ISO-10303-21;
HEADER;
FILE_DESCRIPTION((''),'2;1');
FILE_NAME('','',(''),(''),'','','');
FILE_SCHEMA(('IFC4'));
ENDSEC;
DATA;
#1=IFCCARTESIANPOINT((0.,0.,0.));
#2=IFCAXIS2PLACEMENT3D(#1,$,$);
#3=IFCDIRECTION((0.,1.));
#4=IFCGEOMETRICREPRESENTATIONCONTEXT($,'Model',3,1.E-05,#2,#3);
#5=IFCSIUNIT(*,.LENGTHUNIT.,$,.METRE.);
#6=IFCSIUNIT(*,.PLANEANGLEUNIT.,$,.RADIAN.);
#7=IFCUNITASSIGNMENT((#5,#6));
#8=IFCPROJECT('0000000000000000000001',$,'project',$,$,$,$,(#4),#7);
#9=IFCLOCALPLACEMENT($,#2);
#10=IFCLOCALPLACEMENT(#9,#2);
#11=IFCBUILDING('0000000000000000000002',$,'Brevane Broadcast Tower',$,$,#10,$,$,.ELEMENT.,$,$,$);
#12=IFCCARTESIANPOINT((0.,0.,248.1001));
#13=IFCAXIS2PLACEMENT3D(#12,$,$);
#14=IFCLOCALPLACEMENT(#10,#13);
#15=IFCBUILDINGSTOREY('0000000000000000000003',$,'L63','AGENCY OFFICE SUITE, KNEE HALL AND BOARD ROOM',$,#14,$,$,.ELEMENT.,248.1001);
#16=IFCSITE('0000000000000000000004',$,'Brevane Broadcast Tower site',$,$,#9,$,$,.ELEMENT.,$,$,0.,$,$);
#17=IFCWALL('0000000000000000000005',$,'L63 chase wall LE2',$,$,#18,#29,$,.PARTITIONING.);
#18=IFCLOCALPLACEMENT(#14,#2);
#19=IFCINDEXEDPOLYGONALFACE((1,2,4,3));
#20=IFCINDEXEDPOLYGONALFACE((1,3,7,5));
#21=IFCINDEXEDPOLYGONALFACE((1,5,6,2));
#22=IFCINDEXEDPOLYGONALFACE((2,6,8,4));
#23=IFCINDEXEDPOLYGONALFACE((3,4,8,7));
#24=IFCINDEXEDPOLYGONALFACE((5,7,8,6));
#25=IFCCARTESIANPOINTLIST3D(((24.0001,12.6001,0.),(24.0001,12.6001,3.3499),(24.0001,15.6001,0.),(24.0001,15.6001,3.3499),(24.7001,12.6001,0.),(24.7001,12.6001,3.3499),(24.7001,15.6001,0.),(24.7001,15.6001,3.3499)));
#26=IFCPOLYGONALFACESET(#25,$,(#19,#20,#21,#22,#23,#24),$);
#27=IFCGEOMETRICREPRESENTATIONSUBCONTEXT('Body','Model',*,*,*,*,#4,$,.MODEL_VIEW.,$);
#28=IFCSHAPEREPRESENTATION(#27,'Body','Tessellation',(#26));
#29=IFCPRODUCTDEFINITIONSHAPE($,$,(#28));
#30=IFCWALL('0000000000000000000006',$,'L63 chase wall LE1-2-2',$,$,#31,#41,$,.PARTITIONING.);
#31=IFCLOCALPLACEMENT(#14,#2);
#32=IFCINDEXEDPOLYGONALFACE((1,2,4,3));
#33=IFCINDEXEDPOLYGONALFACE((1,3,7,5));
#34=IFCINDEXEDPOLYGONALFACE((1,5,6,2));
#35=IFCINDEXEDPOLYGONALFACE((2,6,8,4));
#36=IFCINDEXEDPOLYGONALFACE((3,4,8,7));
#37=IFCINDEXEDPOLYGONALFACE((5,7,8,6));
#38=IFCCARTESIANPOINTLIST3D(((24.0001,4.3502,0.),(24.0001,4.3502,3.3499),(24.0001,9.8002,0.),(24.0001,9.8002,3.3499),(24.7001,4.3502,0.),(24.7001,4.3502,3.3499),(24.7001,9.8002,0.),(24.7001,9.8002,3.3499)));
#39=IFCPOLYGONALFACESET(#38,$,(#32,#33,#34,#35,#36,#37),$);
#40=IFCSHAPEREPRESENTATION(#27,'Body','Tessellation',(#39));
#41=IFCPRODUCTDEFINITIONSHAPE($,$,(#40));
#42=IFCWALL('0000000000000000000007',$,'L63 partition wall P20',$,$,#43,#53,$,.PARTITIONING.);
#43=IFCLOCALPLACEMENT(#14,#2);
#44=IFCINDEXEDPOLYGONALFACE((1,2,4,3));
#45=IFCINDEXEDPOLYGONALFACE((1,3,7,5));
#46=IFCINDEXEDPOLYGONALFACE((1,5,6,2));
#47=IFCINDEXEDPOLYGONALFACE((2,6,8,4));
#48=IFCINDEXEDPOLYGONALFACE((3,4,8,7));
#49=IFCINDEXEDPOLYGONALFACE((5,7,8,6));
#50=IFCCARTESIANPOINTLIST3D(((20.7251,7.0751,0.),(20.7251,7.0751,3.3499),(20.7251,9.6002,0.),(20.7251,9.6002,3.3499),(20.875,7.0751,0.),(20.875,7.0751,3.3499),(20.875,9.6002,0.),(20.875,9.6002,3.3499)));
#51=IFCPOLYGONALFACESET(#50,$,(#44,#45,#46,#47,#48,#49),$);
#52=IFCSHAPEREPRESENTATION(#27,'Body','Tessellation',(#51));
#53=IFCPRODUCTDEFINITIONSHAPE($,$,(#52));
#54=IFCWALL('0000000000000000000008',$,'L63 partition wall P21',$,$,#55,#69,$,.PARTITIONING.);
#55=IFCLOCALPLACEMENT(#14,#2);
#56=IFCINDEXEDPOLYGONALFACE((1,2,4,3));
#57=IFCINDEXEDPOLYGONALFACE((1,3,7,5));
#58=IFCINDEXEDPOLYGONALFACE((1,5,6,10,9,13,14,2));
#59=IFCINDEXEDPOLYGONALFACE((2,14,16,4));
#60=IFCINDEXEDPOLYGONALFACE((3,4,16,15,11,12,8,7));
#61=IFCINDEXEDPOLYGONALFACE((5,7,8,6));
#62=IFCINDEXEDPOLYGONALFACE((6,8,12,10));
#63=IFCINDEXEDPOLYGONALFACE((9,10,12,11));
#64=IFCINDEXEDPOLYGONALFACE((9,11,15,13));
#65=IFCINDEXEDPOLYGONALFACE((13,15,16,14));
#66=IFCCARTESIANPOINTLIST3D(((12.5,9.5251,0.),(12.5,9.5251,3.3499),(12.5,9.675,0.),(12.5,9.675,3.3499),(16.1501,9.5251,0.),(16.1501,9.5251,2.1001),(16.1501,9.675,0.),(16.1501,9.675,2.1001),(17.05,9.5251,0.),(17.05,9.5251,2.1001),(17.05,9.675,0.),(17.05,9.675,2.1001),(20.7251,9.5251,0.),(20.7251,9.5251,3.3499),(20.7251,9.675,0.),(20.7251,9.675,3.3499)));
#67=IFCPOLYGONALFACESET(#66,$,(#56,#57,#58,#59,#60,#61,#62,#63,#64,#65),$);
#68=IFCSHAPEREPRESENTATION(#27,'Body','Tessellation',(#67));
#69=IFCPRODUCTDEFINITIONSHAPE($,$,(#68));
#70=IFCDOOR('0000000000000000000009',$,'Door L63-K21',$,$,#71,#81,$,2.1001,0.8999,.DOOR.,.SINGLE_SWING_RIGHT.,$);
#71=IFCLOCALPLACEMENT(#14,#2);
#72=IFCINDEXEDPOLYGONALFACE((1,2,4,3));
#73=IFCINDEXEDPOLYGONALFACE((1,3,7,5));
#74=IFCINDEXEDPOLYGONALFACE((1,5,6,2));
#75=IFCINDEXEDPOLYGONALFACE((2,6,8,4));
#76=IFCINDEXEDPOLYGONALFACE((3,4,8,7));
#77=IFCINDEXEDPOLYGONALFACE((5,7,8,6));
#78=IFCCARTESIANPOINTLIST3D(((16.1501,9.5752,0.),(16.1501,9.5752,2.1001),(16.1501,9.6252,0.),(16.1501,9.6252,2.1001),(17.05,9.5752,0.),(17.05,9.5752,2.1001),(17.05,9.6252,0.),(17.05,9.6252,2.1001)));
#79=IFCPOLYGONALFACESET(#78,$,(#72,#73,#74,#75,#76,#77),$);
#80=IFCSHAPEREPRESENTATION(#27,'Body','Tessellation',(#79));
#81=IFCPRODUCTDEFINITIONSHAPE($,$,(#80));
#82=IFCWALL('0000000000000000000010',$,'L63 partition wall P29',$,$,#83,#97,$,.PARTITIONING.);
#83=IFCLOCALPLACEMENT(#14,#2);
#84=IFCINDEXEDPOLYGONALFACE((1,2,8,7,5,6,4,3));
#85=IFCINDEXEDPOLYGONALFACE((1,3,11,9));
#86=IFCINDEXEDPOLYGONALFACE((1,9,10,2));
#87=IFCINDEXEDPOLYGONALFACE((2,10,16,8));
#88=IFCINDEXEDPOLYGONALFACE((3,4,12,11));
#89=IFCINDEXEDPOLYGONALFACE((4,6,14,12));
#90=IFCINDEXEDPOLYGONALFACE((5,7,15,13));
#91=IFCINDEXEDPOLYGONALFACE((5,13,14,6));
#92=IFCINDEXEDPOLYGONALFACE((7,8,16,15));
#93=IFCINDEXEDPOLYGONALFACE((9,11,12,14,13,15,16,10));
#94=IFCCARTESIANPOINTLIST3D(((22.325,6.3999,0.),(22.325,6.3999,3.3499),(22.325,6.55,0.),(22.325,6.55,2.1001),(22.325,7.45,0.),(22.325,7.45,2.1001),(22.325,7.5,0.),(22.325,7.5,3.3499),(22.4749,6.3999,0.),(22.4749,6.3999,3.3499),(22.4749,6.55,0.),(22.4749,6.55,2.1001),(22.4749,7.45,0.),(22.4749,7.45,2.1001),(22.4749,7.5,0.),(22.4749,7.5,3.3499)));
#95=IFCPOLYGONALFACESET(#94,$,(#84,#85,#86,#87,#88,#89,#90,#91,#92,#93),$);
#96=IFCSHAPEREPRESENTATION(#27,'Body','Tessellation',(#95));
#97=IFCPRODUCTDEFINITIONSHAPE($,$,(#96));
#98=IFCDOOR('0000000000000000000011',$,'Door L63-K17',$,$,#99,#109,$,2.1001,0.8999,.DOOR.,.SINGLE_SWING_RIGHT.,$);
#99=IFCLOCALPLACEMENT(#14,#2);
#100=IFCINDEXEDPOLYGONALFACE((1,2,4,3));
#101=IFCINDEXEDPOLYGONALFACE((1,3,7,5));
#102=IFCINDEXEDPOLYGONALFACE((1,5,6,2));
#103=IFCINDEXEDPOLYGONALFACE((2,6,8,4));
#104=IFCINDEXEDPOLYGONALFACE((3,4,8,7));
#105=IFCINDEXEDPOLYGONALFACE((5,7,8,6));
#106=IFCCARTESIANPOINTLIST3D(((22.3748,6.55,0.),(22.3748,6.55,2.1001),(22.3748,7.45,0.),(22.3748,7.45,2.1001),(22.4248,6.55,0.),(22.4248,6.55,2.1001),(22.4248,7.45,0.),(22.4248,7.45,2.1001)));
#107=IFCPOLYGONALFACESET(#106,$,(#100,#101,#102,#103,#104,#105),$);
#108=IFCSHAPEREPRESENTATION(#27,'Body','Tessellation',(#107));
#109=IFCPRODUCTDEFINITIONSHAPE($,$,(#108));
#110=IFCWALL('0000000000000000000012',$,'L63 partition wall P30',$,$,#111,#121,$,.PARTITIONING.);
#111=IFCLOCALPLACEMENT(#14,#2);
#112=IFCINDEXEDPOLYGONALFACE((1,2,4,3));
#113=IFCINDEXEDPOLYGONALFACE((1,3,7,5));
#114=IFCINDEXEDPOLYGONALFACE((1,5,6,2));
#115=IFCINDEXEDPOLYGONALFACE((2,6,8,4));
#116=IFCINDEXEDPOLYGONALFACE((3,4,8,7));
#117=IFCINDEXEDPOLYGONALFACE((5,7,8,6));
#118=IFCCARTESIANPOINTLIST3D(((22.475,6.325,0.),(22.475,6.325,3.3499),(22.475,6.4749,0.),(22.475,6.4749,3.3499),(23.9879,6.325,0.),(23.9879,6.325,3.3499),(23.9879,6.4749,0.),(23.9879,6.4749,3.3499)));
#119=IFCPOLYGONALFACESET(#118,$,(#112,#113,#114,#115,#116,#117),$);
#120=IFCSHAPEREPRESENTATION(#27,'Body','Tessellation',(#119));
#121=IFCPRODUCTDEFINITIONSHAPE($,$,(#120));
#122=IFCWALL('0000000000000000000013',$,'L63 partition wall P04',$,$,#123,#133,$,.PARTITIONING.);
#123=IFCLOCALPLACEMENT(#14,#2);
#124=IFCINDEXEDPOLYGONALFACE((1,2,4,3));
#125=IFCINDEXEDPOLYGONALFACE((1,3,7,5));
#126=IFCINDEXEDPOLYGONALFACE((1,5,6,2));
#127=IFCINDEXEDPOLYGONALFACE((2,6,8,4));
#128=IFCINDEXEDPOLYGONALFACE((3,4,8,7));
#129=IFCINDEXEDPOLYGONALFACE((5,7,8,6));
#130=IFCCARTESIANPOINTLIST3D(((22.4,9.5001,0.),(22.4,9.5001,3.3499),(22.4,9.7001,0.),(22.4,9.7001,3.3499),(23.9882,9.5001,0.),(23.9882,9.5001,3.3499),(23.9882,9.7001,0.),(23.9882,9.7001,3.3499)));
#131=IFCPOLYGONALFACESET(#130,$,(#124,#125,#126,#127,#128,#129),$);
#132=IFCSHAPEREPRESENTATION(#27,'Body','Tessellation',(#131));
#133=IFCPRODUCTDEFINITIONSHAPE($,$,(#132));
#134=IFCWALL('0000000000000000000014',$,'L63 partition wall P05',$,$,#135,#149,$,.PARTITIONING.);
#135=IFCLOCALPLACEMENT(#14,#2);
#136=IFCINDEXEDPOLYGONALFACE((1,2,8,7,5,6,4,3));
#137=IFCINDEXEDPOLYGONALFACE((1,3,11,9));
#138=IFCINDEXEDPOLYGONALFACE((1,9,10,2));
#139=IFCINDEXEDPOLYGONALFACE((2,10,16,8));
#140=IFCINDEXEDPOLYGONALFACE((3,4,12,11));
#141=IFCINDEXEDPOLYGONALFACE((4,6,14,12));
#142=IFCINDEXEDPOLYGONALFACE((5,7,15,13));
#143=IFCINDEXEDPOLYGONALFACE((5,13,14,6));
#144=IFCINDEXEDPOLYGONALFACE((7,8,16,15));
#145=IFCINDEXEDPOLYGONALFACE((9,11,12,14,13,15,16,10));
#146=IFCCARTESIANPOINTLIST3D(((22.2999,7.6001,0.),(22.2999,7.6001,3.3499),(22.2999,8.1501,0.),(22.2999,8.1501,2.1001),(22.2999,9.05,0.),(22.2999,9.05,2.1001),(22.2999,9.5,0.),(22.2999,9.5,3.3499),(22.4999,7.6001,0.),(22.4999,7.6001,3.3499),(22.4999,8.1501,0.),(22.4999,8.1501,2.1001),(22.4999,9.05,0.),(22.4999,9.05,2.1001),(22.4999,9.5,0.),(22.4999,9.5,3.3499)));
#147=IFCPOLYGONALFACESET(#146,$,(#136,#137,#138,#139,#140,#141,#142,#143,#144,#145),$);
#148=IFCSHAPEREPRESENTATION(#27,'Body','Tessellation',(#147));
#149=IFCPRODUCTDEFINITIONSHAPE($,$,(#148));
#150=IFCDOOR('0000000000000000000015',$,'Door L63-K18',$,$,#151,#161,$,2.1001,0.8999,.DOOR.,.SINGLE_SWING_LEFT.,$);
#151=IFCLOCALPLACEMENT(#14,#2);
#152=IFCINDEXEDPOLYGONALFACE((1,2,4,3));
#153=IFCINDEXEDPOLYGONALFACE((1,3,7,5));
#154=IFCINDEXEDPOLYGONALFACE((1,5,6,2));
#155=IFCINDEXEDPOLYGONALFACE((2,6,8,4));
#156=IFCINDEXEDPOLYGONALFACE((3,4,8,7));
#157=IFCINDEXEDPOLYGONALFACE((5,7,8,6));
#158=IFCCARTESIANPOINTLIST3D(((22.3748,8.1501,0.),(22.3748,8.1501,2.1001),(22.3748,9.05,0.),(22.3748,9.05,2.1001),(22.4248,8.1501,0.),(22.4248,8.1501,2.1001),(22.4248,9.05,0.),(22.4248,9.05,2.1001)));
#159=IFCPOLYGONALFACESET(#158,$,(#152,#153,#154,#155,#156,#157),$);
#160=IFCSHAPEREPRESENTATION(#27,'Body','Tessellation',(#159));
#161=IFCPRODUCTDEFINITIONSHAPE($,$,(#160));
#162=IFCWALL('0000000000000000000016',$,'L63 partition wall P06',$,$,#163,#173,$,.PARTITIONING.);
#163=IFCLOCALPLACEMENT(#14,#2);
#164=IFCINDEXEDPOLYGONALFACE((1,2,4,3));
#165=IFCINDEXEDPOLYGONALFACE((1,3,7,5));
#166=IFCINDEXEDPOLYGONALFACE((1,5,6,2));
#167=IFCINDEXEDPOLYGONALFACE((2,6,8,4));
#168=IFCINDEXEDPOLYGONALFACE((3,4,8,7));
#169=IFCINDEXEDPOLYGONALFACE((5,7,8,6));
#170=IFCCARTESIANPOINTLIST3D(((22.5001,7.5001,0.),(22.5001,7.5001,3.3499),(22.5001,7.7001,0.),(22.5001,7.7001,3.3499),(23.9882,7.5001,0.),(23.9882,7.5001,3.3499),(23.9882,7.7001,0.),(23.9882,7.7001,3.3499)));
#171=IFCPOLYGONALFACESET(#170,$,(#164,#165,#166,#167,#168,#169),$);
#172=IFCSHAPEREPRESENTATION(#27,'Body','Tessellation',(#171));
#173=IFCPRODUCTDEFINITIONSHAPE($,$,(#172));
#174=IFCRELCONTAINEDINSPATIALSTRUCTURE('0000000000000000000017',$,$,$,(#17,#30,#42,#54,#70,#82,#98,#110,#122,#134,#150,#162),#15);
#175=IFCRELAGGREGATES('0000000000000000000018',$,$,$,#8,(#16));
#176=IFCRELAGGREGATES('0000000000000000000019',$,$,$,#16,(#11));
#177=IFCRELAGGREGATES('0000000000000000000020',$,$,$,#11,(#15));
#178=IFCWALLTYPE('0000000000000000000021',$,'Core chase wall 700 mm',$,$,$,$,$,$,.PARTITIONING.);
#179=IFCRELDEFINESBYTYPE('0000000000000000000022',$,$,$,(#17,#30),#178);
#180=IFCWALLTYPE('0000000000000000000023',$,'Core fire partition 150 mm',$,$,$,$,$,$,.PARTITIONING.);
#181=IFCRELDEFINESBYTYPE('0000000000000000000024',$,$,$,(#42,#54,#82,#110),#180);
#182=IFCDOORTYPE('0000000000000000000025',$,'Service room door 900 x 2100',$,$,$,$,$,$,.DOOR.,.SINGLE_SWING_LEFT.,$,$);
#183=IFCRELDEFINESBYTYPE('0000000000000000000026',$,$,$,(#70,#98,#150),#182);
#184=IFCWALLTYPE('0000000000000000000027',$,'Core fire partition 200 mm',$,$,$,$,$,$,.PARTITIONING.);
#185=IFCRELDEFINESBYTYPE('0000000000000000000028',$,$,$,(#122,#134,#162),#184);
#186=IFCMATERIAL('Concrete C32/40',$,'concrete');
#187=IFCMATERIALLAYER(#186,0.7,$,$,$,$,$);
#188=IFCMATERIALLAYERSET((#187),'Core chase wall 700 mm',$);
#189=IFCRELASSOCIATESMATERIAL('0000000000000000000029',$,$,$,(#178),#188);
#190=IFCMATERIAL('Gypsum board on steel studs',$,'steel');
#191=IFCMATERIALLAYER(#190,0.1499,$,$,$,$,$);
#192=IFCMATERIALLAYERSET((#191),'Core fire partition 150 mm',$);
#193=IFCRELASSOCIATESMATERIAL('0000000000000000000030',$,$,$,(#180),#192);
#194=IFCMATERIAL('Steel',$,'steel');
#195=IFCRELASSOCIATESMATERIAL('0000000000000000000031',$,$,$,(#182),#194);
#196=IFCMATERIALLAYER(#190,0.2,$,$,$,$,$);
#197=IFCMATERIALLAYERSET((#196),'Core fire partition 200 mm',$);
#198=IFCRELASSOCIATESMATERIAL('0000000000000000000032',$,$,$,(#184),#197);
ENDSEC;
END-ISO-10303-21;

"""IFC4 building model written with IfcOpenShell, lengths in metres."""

from ifc_helpers import new_model, si_unit, direction, frame, frame_2d, origin, place, context, subcontext, project, spatial, rectangle, extrude, material, layer, layer_set, type_object, element, fill, save


model = new_model("IFC4")

# Units and contexts
model_context = context("Model", 3, precision=1e-05, world=origin(), true_north=direction((0.0, 1.0)))
body_context = subcontext(model_context, "Body", "Model", "MODEL_VIEW")
ifc_project = project(units=[si_unit("LENGTHUNIT", "METRE"), si_unit("PLANEANGLEUNIT", "RADIAN")], contexts=[model_context])

# Site, building, storey
site_placement = place(None, origin())
site = spatial("IfcSite", under=ifc_project, at=site_placement, Name="Brevane Broadcast Tower site", CompositionType="ELEMENT", RefElevation=0.0)
building_placement = place(site_placement, origin())
building = spatial("IfcBuilding", under=site, at=building_placement, Name="Brevane Broadcast Tower", CompositionType="ELEMENT")
storey_placement = place(building_placement, frame((0.0, 0.0, 248.1001)))
storey = spatial("IfcBuildingStorey", under=building, at=storey_placement, Name="L63", Description="AGENCY OFFICE SUITE, KNEE HALL AND BOARD ROOM", CompositionType="ELEMENT", Elevation=248.1001)

# Walls
ifc_material_1 = material(Name="Concrete C32/40", Category="concrete")
ifc_layer_1 = layer(ifc_material_1, 0.7)
ifc_layer_set_1 = layer_set([ifc_layer_1], Name="Core chase wall 700 mm")
wall_type_1 = type_object("IfcWallType", Name="Core chase wall 700 mm", PredefinedType="PARTITIONING", material=ifc_layer_set_1)
wall_1_placement = place(storey_placement, frame((24.3501, 12.6001, 0.0), z_axis=(0.0, 0.0, 1.0), x_axis=(0.0, 1.0, 0.0)))
element("IfcWall", 1, at=wall_1_placement, inside=storey, type_object=wall_type_1, Name="L63 chase wall LE2", PredefinedType="PARTITIONING", context=body_context, shape_type="SweptSolid", body=[
    extrude(rectangle(XDim=3.0, YDim=0.7, at=frame_2d((1.5, 0.0))), origin(), (0.0, 0.0, 1.0), 3.3499),
])
wall_2_placement = place(storey_placement, frame((24.3501, 4.3501, 0.0), z_axis=(0.0, 0.0, 1.0), x_axis=(0.0, 1.0, 0.0)))
element("IfcWall", 2, at=wall_2_placement, inside=storey, type_object=wall_type_1, Name="L63 chase wall LE1-2-2", PredefinedType="PARTITIONING", context=body_context, shape_type="SweptSolid", body=[
    extrude(rectangle(XDim=5.45, YDim=0.7, at=frame_2d((2.7251, 0.0))), origin(), (0.0, 0.0, 1.0), 3.3499),
])
ifc_material_2 = material(Name="Gypsum board on steel studs", Category="steel")
ifc_layer_2 = layer(ifc_material_2, 0.1499)
ifc_layer_set_2 = layer_set([ifc_layer_2], Name="Core fire partition 150 mm")
wall_type_2 = type_object("IfcWallType", Name="Core fire partition 150 mm", PredefinedType="PARTITIONING", material=ifc_layer_set_2)
wall_3_placement = place(storey_placement, frame((20.8, 7.075, 0.0), z_axis=(0.0, 0.0, 1.0), x_axis=(0.0, 1.0, 0.0)))
element("IfcWall", 3, at=wall_3_placement, inside=storey, type_object=wall_type_2, Name="L63 partition wall P20", PredefinedType="PARTITIONING", context=body_context, shape_type="SweptSolid", body=[
    extrude(rectangle(XDim=2.5251, YDim=0.1499, at=frame_2d((1.2627, 0.0))), origin(), (0.0, 0.0, 1.0), 3.3499),
])

# Walls, openings, doors
wall_4_placement = place(storey_placement, frame((20.7251, 9.6001, 0.0), z_axis=(0.0, 0.0, 1.0), x_axis=(-1.0, 0.0, 0.0)))
wall_4 = element("IfcWall", 4, at=wall_4_placement, inside=storey, type_object=wall_type_2, Name="L63 partition wall P21", PredefinedType="PARTITIONING", context=body_context, shape_type="SweptSolid", body=[
    extrude(rectangle(XDim=8.2251, YDim=0.1499, at=frame_2d((4.1125, 0.0))), origin(), (0.0, 0.0, 1.0), 3.3499),
])
opening_1_placement = place(wall_4_placement, frame((3.675, 0.0, 0.0)))
opening_1 = element("IfcOpeningElement", 5, at=opening_1_placement, cuts=wall_4, PredefinedType="OPENING", context=body_context, shape_type="SweptSolid", body=[
    extrude(rectangle(XDim=0.8999, YDim=2.1001, at=frame_2d((0.45, 1.05))), frame((0.0, 0.085, 0.0), z_axis=(0.0, -1.0, 0.0), x_axis=(1.0, 0.0, 0.0)), (0.0, 0.0, 1.0), 0.1699),
])
ifc_material_3 = material(Name="Steel", Category="steel")
door_type_1 = type_object("IfcDoorType", Name="Service room door 900 x 2100", OperationType="SINGLE_SWING_LEFT", PredefinedType="DOOR", material=ifc_material_3)
door_1_placement = place(opening_1_placement, origin())
door_1 = element("IfcDoor", 6, at=door_1_placement, inside=storey, type_object=door_type_1, Name="Door L63-K21", OperationType="SINGLE_SWING_RIGHT", OverallHeight=2.1001, OverallWidth=0.8999, PredefinedType="DOOR", context=body_context, shape_type="SweptSolid", body=[
    extrude(rectangle(XDim=0.8999, YDim=2.1001, at=frame_2d((0.45, 1.05))), frame((0.0, 0.0249, 0.0), z_axis=(0.0, -1.0, 0.0), x_axis=(1.0, 0.0, 0.0)), (0.0, 0.0, 1.0), 0.05),
])
fill(opening_1, door_1)
wall_5_placement = place(storey_placement, frame((22.3999, 7.5, 0.0), z_axis=(0.0, 0.0, 1.0), x_axis=(0.0, -1.0, 0.0)))
wall_5 = element("IfcWall", 7, at=wall_5_placement, inside=storey, type_object=wall_type_2, Name="L63 partition wall P29", PredefinedType="PARTITIONING", context=body_context, shape_type="SweptSolid", body=[
    extrude(rectangle(XDim=1.1001, YDim=0.1499, at=frame_2d((0.55, 0.0))), origin(), (0.0, 0.0, 1.0), 3.3499),
])
opening_2_placement = place(wall_5_placement, frame((0.05, 0.0, 0.0)))
opening_2 = element("IfcOpeningElement", 8, at=opening_2_placement, cuts=wall_5, PredefinedType="OPENING", context=body_context, shape_type="SweptSolid", body=[
    extrude(rectangle(XDim=0.8999, YDim=2.1001, at=frame_2d((0.45, 1.05))), frame((0.0, 0.085, 0.0), z_axis=(0.0, -1.0, 0.0), x_axis=(1.0, 0.0, 0.0)), (0.0, 0.0, 1.0), 0.1699),
])
door_2_placement = place(opening_2_placement, origin())
door_2 = element("IfcDoor", 9, at=door_2_placement, inside=storey, type_object=door_type_1, Name="Door L63-K17", OperationType="SINGLE_SWING_RIGHT", OverallHeight=2.1001, OverallWidth=0.8999, PredefinedType="DOOR", context=body_context, shape_type="SweptSolid", body=[
    extrude(rectangle(XDim=0.8999, YDim=2.1001, at=frame_2d((0.45, 1.05))), frame((0.0, 0.0249, 0.0), z_axis=(0.0, -1.0, 0.0), x_axis=(1.0, 0.0, 0.0)), (0.0, 0.0, 1.0), 0.05),
])
fill(opening_2, door_2)

# Walls
wall_6_placement = place(storey_placement, frame((22.4751, 6.3999, 0.0), z_axis=(0.0, 0.0, 1.0), x_axis=(1.0, 0.0, 0.0)))
element("IfcWall", 10, at=wall_6_placement, inside=storey, type_object=wall_type_2, Name="L63 partition wall P30", PredefinedType="PARTITIONING", context=body_context, shape_type="SweptSolid", body=[
    extrude(rectangle(XDim=1.5129, YDim=0.1499, at=frame_2d((0.7563, 0.0))), origin(), (0.0, 0.0, 1.0), 3.3499),
])
ifc_layer_3 = layer(ifc_material_2, 0.2)
ifc_layer_set_3 = layer_set([ifc_layer_3], Name="Core fire partition 200 mm")
wall_type_3 = type_object("IfcWallType", Name="Core fire partition 200 mm", PredefinedType="PARTITIONING", material=ifc_layer_set_3)
wall_7_placement = place(storey_placement, frame((23.988, 9.6001, 0.0), z_axis=(0.0, 0.0, 1.0), x_axis=(-1.0, 0.0, 0.0)))
element("IfcWall", 11, at=wall_7_placement, inside=storey, type_object=wall_type_3, Name="L63 partition wall P04", PredefinedType="PARTITIONING", context=body_context, shape_type="SweptSolid", body=[
    extrude(rectangle(XDim=1.5881, YDim=0.2, at=frame_2d((0.7939, 0.0))), origin(), (0.0, 0.0, 1.0), 3.3499),
])

# Wall, opening, door
wall_8_placement = place(storey_placement, frame((22.3999, 9.5, 0.0), z_axis=(0.0, 0.0, 1.0), x_axis=(0.0, -1.0, 0.0)))
wall_8 = element("IfcWall", 12, at=wall_8_placement, inside=storey, type_object=wall_type_3, Name="L63 partition wall P05", PredefinedType="PARTITIONING", context=body_context, shape_type="SweptSolid", body=[
    extrude(rectangle(XDim=1.8999, YDim=0.2, at=frame_2d((0.95, 0.0))), origin(), (0.0, 0.0, 1.0), 3.3499),
])
opening_3_placement = place(wall_8_placement, frame((0.45, 0.0, 0.0)))
opening_3 = element("IfcOpeningElement", 13, at=opening_3_placement, cuts=wall_8, PredefinedType="OPENING", context=body_context, shape_type="SweptSolid", body=[
    extrude(rectangle(XDim=0.8999, YDim=2.1001, at=frame_2d((0.45, 1.05))), frame((0.0, 0.1099, 0.0), z_axis=(0.0, -1.0, 0.0), x_axis=(1.0, 0.0, 0.0)), (0.0, 0.0, 1.0), 0.22),
])
door_3_placement = place(opening_3_placement, origin())
door_3 = element("IfcDoor", 14, at=door_3_placement, inside=storey, type_object=door_type_1, Name="Door L63-K18", OperationType="SINGLE_SWING_LEFT", OverallHeight=2.1001, OverallWidth=0.8999, PredefinedType="DOOR", context=body_context, shape_type="SweptSolid", body=[
    extrude(rectangle(XDim=0.8999, YDim=2.1001, at=frame_2d((0.45, 1.05))), frame((0.0, 0.0249, 0.0), z_axis=(0.0, -1.0, 0.0), x_axis=(1.0, 0.0, 0.0)), (0.0, 0.0, 1.0), 0.05),
])
fill(opening_3, door_3)

# Wall
wall_9_placement = place(storey_placement, frame((22.5, 7.6001, 0.0), z_axis=(0.0, 0.0, 1.0), x_axis=(1.0, 0.0, 0.0)))
element("IfcWall", 15, at=wall_9_placement, inside=storey, type_object=wall_type_3, Name="L63 partition wall P06", PredefinedType="PARTITIONING", context=body_context, shape_type="SweptSolid", body=[
    extrude(rectangle(XDim=1.488, YDim=0.2, at=frame_2d((0.7441, 0.0))), origin(), (0.0, 0.0, 1.0), 3.3499),
])

save(model, "model.ifc")
